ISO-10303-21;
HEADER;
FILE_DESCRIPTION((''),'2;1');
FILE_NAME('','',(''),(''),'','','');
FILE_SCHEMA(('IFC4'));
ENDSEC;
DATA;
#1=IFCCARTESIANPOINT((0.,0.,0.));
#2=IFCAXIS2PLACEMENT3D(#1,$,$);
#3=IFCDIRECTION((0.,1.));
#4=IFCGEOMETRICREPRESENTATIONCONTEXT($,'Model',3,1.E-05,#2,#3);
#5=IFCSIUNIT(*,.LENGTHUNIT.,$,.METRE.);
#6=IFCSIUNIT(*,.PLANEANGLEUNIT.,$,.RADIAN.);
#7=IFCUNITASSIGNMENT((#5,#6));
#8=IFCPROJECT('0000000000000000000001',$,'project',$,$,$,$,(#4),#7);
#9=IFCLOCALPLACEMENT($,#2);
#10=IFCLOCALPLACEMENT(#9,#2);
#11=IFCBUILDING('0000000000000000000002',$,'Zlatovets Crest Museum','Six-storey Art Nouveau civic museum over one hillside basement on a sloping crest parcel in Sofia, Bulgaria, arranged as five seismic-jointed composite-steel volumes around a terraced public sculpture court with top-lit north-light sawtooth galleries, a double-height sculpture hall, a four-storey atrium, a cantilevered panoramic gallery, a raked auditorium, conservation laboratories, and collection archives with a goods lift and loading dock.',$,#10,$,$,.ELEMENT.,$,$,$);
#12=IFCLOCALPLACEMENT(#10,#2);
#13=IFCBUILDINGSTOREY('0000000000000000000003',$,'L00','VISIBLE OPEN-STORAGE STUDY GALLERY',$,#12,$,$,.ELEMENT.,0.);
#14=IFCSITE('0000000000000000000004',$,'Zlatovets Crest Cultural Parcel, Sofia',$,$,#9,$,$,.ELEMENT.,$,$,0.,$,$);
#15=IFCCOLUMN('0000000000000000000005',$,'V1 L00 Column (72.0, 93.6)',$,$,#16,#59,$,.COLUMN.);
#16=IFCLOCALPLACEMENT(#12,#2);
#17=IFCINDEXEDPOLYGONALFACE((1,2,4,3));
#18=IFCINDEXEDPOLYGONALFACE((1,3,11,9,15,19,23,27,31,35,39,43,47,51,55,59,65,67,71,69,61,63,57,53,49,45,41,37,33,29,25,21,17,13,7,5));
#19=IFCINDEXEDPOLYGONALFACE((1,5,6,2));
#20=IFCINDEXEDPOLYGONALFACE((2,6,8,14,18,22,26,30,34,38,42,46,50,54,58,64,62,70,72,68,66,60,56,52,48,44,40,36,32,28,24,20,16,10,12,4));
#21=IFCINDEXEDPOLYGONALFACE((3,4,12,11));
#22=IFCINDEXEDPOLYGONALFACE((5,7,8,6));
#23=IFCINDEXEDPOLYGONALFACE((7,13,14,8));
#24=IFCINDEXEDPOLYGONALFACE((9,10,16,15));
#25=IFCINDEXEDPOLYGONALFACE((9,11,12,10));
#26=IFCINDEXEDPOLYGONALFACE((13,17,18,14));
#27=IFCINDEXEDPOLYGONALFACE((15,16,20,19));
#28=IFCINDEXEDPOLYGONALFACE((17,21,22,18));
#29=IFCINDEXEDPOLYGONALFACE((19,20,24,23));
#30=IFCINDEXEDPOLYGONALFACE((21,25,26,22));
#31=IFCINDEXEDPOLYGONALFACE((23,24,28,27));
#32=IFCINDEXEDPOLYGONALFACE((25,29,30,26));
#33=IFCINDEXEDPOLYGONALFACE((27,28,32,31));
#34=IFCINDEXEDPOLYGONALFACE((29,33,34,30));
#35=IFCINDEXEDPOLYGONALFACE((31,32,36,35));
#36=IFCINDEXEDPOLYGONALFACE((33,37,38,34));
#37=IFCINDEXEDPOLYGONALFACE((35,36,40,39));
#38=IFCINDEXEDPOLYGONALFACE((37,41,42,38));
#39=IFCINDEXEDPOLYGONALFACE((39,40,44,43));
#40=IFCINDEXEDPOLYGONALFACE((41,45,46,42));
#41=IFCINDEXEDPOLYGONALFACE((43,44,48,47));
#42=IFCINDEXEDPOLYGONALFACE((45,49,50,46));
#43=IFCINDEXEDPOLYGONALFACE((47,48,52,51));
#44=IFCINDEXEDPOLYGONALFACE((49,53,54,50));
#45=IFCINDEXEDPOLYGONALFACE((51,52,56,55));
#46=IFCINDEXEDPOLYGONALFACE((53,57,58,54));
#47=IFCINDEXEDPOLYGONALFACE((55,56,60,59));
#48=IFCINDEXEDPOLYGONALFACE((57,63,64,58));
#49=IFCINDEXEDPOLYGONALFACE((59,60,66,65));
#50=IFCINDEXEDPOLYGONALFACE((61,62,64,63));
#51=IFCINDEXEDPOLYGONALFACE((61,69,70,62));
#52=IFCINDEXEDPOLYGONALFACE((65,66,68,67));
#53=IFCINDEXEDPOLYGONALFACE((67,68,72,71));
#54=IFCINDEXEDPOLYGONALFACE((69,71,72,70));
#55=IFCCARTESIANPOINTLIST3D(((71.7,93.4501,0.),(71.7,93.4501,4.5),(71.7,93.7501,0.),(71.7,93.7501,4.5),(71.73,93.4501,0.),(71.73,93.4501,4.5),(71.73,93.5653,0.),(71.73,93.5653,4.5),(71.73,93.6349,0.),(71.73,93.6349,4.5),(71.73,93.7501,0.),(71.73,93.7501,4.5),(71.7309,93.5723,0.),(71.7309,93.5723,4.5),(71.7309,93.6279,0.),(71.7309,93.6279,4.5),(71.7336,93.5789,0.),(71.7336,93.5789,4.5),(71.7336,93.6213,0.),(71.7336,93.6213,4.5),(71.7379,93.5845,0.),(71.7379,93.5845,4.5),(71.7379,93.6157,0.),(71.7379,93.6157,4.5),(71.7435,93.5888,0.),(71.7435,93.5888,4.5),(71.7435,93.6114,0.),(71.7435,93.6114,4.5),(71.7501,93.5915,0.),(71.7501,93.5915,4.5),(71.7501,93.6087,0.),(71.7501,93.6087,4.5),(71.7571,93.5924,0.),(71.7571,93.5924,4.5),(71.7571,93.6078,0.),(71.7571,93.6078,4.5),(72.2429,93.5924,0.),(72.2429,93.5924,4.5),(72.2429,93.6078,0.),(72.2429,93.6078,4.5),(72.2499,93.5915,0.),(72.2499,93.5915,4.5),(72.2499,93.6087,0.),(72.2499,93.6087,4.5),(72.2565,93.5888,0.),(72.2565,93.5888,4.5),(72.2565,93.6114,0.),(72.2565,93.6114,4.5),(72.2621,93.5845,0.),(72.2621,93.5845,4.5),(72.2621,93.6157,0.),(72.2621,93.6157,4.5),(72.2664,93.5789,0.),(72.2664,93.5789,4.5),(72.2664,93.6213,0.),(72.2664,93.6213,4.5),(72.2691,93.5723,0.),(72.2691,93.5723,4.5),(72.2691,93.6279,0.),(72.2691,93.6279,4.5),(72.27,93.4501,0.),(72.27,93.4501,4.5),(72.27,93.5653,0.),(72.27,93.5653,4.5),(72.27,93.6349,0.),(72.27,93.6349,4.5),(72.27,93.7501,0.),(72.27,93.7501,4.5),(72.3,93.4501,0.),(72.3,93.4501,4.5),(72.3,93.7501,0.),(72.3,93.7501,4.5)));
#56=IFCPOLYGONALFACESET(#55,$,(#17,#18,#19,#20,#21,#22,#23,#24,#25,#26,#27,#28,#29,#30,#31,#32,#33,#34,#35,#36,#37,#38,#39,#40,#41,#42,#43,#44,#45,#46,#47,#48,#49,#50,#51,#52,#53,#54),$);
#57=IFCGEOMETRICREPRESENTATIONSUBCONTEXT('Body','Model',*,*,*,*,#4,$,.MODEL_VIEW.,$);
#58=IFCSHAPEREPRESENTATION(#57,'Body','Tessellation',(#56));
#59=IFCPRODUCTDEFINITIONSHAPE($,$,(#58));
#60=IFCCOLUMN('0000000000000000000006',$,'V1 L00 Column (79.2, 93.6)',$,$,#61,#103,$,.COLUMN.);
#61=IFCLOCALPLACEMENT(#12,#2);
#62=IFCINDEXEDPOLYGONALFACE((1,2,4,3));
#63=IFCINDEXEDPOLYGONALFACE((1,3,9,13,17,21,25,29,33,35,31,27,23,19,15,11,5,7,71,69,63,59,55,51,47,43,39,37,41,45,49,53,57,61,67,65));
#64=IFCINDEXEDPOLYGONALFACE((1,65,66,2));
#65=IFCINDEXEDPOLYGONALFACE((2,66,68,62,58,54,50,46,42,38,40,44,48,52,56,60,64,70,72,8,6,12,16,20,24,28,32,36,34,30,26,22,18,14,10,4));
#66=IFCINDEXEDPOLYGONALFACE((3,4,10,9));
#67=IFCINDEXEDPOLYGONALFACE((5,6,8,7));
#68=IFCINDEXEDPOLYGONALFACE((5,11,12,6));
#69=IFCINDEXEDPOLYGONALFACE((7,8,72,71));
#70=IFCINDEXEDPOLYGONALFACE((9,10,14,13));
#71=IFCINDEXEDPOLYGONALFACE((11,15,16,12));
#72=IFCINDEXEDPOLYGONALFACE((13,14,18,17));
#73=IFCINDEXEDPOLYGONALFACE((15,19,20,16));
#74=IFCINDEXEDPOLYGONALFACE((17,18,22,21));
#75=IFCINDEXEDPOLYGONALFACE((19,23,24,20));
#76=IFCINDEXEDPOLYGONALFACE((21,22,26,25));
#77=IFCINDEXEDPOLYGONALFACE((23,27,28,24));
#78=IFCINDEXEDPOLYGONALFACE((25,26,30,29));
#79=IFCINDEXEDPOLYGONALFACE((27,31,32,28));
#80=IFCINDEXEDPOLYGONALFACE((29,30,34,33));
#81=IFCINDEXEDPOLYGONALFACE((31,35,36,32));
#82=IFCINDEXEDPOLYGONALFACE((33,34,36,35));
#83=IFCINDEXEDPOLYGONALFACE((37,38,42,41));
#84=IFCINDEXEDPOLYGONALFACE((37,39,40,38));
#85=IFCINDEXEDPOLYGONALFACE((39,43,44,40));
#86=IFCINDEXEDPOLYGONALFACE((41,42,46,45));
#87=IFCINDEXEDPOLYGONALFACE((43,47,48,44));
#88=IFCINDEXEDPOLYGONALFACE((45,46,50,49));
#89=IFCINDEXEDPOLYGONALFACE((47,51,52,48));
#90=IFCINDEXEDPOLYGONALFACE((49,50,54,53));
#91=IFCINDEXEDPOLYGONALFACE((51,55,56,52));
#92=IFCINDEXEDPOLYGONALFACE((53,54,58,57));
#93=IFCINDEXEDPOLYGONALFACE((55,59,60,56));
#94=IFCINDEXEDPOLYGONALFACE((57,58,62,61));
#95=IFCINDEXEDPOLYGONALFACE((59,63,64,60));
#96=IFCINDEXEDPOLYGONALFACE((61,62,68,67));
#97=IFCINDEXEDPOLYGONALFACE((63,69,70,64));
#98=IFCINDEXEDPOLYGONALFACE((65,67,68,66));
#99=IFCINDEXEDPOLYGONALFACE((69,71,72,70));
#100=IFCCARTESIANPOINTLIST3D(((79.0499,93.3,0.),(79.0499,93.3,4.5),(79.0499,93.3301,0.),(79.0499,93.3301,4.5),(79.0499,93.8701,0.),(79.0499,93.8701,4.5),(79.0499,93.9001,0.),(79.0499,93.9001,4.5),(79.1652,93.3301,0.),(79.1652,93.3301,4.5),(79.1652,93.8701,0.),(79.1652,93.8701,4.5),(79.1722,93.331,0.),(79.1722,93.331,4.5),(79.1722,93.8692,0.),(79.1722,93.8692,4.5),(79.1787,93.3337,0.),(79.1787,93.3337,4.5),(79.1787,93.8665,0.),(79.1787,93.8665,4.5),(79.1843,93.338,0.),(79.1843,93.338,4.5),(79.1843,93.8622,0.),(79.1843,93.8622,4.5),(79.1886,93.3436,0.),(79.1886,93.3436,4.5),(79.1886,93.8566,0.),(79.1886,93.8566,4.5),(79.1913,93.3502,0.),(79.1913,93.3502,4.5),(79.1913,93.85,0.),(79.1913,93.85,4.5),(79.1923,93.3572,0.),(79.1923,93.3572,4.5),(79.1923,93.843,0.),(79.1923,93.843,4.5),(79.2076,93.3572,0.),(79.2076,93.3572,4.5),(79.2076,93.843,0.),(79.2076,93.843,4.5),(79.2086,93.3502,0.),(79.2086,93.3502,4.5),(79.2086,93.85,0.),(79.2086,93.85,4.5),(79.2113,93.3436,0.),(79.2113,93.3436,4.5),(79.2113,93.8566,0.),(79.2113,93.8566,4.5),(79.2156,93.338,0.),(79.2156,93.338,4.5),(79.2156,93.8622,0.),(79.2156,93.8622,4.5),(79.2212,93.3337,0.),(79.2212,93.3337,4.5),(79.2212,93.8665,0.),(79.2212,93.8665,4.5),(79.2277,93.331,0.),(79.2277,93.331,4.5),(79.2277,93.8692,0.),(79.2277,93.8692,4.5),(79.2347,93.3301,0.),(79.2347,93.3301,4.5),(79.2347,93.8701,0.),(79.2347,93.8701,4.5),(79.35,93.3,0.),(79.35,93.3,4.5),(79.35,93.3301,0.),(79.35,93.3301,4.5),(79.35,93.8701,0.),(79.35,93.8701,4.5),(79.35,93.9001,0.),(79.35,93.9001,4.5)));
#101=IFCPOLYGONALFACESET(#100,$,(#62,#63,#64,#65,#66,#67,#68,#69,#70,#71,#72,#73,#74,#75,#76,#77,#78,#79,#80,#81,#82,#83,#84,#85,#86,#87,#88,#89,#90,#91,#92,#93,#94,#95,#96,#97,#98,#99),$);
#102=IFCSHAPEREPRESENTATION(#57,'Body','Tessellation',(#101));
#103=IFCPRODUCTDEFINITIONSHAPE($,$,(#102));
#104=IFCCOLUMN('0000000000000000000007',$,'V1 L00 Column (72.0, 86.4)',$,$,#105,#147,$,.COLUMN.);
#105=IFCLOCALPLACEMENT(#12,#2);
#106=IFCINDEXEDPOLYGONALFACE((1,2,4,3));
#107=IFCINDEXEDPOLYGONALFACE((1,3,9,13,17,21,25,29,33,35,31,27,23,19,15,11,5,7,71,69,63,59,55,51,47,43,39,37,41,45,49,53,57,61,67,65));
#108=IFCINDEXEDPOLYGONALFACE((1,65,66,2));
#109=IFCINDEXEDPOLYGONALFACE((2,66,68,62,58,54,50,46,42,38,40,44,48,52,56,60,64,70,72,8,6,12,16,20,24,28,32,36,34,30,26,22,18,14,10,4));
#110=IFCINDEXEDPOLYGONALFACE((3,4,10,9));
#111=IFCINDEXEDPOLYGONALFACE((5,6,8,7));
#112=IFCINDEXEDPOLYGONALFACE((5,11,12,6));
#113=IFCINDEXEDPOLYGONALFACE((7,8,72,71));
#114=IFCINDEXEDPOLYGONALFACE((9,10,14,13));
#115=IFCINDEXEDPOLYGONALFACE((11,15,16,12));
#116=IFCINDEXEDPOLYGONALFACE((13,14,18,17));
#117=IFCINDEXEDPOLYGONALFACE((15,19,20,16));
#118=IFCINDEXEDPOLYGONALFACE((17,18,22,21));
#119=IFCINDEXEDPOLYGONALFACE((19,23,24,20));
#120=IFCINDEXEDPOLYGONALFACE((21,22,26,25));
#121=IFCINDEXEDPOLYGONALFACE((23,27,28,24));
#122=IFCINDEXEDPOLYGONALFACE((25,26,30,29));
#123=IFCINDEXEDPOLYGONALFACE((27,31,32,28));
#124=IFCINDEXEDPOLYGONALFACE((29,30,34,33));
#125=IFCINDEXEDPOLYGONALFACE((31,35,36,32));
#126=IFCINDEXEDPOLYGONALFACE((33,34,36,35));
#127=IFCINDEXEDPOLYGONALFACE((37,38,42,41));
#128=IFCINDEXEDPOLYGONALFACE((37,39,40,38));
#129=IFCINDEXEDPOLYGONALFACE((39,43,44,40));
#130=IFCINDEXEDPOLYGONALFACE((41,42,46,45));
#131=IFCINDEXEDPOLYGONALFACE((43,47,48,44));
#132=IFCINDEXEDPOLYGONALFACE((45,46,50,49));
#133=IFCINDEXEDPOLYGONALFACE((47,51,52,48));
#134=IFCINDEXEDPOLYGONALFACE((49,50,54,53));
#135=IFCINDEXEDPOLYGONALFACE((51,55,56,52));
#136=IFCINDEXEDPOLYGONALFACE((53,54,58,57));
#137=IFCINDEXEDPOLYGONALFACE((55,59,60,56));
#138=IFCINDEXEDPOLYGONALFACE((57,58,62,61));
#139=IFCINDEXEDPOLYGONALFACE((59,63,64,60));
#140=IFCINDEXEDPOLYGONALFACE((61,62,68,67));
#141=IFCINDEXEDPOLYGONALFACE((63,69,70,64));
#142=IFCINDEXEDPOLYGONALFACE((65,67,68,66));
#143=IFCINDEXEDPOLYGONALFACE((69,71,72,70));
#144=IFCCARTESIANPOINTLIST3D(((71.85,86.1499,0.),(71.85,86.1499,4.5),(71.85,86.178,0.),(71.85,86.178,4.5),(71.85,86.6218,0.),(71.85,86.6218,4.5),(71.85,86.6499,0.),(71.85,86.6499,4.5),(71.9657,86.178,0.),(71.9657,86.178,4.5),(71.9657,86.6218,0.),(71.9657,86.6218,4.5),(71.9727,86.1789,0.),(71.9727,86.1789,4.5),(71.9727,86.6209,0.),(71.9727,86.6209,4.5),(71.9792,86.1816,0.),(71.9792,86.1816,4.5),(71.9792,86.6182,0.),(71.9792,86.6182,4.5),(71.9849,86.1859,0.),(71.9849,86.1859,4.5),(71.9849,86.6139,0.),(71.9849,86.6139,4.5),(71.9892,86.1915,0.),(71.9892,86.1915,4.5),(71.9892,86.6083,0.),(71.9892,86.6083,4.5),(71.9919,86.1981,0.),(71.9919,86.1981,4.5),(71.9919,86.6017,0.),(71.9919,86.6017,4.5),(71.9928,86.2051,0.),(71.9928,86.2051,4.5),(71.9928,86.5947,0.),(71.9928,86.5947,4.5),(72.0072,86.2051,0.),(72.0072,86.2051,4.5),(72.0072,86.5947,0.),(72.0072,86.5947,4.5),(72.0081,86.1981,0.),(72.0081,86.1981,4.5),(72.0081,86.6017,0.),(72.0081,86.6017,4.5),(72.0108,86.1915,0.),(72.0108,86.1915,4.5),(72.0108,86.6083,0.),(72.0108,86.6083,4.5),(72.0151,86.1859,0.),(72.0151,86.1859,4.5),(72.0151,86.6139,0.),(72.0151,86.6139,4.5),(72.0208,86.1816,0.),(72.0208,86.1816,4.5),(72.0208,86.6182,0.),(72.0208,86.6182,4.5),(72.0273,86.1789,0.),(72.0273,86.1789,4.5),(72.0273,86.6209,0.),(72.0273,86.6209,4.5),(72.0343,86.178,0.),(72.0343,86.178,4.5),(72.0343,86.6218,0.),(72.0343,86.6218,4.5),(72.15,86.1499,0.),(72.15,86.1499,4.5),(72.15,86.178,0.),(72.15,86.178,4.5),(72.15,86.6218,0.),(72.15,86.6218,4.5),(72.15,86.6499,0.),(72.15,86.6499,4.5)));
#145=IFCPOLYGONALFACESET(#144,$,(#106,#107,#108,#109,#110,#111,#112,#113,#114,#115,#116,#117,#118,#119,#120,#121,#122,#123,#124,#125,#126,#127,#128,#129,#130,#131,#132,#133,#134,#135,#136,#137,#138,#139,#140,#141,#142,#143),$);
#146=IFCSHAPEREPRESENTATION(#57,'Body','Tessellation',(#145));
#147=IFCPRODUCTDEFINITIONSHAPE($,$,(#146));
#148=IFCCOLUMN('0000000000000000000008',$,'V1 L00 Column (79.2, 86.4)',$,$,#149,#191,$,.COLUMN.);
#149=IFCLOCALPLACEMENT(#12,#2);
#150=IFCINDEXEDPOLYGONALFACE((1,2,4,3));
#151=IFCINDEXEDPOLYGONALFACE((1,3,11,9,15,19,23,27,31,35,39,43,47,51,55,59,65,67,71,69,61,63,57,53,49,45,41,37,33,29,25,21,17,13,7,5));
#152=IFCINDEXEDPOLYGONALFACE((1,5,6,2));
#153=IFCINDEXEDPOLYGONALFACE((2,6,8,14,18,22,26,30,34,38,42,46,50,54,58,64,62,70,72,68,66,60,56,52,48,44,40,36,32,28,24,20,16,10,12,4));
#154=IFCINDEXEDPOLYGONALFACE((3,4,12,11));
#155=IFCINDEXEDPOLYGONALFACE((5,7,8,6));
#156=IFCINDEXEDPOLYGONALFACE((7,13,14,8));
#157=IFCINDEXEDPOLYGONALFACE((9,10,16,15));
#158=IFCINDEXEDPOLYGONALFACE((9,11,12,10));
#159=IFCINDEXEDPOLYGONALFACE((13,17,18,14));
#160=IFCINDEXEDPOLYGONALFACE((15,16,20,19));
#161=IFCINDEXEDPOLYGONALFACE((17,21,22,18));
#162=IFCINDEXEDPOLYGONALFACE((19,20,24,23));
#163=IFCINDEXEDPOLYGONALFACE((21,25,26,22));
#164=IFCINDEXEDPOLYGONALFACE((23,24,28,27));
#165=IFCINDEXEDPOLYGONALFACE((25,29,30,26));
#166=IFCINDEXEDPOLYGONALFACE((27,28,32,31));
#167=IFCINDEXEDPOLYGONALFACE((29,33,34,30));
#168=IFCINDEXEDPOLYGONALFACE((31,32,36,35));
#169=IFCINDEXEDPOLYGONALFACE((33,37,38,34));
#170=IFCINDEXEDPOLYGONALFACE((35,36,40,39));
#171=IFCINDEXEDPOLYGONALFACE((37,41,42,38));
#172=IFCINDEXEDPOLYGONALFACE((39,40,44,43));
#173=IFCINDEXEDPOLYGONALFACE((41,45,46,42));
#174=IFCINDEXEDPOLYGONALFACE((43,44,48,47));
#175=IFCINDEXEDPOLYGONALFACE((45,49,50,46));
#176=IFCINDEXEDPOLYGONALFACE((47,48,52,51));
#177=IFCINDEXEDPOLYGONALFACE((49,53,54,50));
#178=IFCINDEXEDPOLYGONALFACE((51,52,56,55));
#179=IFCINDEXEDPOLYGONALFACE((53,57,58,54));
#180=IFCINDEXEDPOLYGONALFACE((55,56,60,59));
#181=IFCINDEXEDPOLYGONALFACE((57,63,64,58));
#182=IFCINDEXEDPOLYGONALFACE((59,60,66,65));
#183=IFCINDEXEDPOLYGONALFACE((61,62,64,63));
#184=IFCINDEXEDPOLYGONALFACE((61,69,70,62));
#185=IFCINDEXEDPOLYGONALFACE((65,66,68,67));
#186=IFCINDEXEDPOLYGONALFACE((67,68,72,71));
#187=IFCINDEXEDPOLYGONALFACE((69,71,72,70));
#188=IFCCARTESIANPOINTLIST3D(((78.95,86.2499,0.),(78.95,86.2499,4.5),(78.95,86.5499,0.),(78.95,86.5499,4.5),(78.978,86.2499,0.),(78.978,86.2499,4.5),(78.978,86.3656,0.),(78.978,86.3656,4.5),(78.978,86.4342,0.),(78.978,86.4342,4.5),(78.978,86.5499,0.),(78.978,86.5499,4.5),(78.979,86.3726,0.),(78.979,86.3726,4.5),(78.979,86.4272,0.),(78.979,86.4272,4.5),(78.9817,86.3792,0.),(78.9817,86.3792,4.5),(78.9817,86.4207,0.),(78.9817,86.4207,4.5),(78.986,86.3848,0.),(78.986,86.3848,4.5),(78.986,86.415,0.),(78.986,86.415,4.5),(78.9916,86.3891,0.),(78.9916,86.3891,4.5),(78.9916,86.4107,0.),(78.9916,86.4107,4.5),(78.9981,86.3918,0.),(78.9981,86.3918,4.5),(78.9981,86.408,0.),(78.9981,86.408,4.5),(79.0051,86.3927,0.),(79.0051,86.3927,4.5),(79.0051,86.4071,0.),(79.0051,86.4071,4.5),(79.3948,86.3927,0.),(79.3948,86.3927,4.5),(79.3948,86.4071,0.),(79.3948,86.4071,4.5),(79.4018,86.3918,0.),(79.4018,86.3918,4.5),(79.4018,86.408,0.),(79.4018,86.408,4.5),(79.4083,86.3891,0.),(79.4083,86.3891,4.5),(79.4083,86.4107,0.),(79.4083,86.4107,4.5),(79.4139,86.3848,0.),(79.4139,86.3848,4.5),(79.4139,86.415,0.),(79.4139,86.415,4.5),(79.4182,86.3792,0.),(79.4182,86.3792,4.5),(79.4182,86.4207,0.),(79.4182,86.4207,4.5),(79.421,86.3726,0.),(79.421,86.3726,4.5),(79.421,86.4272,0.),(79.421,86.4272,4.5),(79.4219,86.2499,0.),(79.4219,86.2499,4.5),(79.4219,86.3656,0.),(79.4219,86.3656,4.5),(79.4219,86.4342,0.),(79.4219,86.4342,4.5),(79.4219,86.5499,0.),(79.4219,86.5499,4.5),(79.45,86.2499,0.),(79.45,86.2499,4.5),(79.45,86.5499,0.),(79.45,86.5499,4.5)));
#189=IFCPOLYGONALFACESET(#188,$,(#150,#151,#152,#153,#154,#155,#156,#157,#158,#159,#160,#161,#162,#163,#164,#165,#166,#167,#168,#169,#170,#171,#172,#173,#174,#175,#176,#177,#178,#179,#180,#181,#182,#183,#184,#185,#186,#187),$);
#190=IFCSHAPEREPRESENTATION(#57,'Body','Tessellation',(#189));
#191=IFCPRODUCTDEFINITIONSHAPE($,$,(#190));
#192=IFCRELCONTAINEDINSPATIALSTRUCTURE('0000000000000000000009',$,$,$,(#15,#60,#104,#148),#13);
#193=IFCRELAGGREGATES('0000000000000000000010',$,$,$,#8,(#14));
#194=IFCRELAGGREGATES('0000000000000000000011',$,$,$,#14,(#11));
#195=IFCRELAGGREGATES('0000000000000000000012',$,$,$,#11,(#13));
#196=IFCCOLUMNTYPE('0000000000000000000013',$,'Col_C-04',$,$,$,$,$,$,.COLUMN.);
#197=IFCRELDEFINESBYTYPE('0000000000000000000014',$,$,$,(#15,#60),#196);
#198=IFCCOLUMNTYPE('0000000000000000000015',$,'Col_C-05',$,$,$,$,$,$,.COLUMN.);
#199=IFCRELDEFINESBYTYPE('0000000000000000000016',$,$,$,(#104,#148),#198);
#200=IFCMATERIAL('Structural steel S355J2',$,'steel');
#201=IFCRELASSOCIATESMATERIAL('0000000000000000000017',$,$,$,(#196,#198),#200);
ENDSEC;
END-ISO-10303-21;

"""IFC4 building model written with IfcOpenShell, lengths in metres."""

from ifc_helpers import new_model, si_unit, direction, frame, origin, origin_2d, place, context, subcontext, project, spatial, i_section, extrude, material, material_profile, profile_set, type_object, element, save


model = new_model("IFC4")

# Units and contexts
model_context = context("Model", 3, precision=1e-05, world=origin(), true_north=direction((0.0, 1.0)))
body_context = subcontext(model_context, "Body", "Model", "MODEL_VIEW")
ifc_project = project(units=[si_unit("LENGTHUNIT", "METRE"), si_unit("PLANEANGLEUNIT", "RADIAN")], contexts=[model_context])

# Site, building, storey
site_placement = place(None, origin())
site = spatial("IfcSite", under=ifc_project, at=site_placement, Name="Zlatovets Crest Cultural Parcel, Sofia", CompositionType="ELEMENT", RefElevation=0.0)
building_placement = place(site_placement, origin())
building = spatial("IfcBuilding", under=site, at=building_placement, Name="Zlatovets Crest Museum", Description="Six-storey Art Nouveau civic museum over one hillside basement on a sloping crest parcel in Sofia, Bulgaria, arranged as five seismic-jointed composite-steel volumes around a terraced public sculpture court with top-lit north-light sawtooth galleries, a double-height sculpture hall, a four-storey atrium, a cantilevered panoramic gallery, a raked auditorium, conservation laboratories, and collection archives with a goods lift and loading dock.", CompositionType="ELEMENT")
storey_placement = place(building_placement, origin())
storey = spatial("IfcBuildingStorey", under=building, at=storey_placement, Name="L00", Description="VISIBLE OPEN-STORAGE STUDY GALLERY", CompositionType="ELEMENT", Elevation=0.0)

# Columns
ifc_material_1 = material(Name="Structural steel S355J2", Category="steel")
ifc_material_profile_1 = material_profile(ifc_material_1, i_section(OverallWidth=0.3, OverallDepth=0.6001, WebThickness=0.0154, FlangeThickness=0.03, FilletRadius=0.0271, at=origin_2d()), Name="HEB 600")
ifc_profile_set_1 = profile_set([ifc_material_profile_1], Name="Structural steel S355J2")
column_type_1 = type_object("IfcColumnType", Name="Col_C-04", PredefinedType="COLUMN", material=ifc_profile_set_1)
for number, where, z_axis, x_axis, name in (
    (1, (72.0, 93.6001, 0.0), (0.0, 0.0, 1.0), (0.0, 1.0, 0.0), "V1 L00 Column (72.0, 93.6)"),
    (2, (79.2, 93.6001, 0.0), (0.0, 0.0, 1.0), (1.0, 0.0, 0.0), "V1 L00 Column (79.2, 93.6)"),
):
    element("IfcColumn", number, at=place(storey_placement, frame(where, z_axis=z_axis, x_axis=x_axis)), inside=storey, type_object=column_type_1, Name=name, PredefinedType="COLUMN", context=body_context, shape_type="SweptSolid", body=[
        extrude(i_section(OverallWidth=0.3, OverallDepth=0.6001, WebThickness=0.0154, FlangeThickness=0.03, FilletRadius=0.0271, at=origin_2d()), origin(), (0.0, 0.0, 1.0), 4.5),
    ])
ifc_material_profile_2 = material_profile(ifc_material_1, i_section(OverallWidth=0.3, OverallDepth=0.5, WebThickness=0.0144, FlangeThickness=0.0281, FilletRadius=0.0271, at=origin_2d()), Name="HEB 500")
ifc_profile_set_2 = profile_set([ifc_material_profile_2], Name="Structural steel S355J2")
column_type_2 = type_object("IfcColumnType", Name="Col_C-05", PredefinedType="COLUMN", material=ifc_profile_set_2)
for number, where, z_axis, x_axis, name in (
    (3, (72.0, 86.3999, 0.0), (0.0, 0.0, 1.0), (1.0, 0.0, 0.0), "V1 L00 Column (72.0, 86.4)"),
    (4, (79.2, 86.3999, 0.0), (0.0, 0.0, 1.0), (0.0, 1.0, 0.0), "V1 L00 Column (79.2, 86.4)"),
):
    element("IfcColumn", number, at=place(storey_placement, frame(where, z_axis=z_axis, x_axis=x_axis)), inside=storey, type_object=column_type_2, Name=name, PredefinedType="COLUMN", context=body_context, shape_type="SweptSolid", body=[
        extrude(i_section(OverallWidth=0.3, OverallDepth=0.5, WebThickness=0.0144, FlangeThickness=0.0281, FilletRadius=0.0271, at=origin_2d()), origin(), (0.0, 0.0, 1.0), 4.5),
    ])

save(model, "model.ifc")
